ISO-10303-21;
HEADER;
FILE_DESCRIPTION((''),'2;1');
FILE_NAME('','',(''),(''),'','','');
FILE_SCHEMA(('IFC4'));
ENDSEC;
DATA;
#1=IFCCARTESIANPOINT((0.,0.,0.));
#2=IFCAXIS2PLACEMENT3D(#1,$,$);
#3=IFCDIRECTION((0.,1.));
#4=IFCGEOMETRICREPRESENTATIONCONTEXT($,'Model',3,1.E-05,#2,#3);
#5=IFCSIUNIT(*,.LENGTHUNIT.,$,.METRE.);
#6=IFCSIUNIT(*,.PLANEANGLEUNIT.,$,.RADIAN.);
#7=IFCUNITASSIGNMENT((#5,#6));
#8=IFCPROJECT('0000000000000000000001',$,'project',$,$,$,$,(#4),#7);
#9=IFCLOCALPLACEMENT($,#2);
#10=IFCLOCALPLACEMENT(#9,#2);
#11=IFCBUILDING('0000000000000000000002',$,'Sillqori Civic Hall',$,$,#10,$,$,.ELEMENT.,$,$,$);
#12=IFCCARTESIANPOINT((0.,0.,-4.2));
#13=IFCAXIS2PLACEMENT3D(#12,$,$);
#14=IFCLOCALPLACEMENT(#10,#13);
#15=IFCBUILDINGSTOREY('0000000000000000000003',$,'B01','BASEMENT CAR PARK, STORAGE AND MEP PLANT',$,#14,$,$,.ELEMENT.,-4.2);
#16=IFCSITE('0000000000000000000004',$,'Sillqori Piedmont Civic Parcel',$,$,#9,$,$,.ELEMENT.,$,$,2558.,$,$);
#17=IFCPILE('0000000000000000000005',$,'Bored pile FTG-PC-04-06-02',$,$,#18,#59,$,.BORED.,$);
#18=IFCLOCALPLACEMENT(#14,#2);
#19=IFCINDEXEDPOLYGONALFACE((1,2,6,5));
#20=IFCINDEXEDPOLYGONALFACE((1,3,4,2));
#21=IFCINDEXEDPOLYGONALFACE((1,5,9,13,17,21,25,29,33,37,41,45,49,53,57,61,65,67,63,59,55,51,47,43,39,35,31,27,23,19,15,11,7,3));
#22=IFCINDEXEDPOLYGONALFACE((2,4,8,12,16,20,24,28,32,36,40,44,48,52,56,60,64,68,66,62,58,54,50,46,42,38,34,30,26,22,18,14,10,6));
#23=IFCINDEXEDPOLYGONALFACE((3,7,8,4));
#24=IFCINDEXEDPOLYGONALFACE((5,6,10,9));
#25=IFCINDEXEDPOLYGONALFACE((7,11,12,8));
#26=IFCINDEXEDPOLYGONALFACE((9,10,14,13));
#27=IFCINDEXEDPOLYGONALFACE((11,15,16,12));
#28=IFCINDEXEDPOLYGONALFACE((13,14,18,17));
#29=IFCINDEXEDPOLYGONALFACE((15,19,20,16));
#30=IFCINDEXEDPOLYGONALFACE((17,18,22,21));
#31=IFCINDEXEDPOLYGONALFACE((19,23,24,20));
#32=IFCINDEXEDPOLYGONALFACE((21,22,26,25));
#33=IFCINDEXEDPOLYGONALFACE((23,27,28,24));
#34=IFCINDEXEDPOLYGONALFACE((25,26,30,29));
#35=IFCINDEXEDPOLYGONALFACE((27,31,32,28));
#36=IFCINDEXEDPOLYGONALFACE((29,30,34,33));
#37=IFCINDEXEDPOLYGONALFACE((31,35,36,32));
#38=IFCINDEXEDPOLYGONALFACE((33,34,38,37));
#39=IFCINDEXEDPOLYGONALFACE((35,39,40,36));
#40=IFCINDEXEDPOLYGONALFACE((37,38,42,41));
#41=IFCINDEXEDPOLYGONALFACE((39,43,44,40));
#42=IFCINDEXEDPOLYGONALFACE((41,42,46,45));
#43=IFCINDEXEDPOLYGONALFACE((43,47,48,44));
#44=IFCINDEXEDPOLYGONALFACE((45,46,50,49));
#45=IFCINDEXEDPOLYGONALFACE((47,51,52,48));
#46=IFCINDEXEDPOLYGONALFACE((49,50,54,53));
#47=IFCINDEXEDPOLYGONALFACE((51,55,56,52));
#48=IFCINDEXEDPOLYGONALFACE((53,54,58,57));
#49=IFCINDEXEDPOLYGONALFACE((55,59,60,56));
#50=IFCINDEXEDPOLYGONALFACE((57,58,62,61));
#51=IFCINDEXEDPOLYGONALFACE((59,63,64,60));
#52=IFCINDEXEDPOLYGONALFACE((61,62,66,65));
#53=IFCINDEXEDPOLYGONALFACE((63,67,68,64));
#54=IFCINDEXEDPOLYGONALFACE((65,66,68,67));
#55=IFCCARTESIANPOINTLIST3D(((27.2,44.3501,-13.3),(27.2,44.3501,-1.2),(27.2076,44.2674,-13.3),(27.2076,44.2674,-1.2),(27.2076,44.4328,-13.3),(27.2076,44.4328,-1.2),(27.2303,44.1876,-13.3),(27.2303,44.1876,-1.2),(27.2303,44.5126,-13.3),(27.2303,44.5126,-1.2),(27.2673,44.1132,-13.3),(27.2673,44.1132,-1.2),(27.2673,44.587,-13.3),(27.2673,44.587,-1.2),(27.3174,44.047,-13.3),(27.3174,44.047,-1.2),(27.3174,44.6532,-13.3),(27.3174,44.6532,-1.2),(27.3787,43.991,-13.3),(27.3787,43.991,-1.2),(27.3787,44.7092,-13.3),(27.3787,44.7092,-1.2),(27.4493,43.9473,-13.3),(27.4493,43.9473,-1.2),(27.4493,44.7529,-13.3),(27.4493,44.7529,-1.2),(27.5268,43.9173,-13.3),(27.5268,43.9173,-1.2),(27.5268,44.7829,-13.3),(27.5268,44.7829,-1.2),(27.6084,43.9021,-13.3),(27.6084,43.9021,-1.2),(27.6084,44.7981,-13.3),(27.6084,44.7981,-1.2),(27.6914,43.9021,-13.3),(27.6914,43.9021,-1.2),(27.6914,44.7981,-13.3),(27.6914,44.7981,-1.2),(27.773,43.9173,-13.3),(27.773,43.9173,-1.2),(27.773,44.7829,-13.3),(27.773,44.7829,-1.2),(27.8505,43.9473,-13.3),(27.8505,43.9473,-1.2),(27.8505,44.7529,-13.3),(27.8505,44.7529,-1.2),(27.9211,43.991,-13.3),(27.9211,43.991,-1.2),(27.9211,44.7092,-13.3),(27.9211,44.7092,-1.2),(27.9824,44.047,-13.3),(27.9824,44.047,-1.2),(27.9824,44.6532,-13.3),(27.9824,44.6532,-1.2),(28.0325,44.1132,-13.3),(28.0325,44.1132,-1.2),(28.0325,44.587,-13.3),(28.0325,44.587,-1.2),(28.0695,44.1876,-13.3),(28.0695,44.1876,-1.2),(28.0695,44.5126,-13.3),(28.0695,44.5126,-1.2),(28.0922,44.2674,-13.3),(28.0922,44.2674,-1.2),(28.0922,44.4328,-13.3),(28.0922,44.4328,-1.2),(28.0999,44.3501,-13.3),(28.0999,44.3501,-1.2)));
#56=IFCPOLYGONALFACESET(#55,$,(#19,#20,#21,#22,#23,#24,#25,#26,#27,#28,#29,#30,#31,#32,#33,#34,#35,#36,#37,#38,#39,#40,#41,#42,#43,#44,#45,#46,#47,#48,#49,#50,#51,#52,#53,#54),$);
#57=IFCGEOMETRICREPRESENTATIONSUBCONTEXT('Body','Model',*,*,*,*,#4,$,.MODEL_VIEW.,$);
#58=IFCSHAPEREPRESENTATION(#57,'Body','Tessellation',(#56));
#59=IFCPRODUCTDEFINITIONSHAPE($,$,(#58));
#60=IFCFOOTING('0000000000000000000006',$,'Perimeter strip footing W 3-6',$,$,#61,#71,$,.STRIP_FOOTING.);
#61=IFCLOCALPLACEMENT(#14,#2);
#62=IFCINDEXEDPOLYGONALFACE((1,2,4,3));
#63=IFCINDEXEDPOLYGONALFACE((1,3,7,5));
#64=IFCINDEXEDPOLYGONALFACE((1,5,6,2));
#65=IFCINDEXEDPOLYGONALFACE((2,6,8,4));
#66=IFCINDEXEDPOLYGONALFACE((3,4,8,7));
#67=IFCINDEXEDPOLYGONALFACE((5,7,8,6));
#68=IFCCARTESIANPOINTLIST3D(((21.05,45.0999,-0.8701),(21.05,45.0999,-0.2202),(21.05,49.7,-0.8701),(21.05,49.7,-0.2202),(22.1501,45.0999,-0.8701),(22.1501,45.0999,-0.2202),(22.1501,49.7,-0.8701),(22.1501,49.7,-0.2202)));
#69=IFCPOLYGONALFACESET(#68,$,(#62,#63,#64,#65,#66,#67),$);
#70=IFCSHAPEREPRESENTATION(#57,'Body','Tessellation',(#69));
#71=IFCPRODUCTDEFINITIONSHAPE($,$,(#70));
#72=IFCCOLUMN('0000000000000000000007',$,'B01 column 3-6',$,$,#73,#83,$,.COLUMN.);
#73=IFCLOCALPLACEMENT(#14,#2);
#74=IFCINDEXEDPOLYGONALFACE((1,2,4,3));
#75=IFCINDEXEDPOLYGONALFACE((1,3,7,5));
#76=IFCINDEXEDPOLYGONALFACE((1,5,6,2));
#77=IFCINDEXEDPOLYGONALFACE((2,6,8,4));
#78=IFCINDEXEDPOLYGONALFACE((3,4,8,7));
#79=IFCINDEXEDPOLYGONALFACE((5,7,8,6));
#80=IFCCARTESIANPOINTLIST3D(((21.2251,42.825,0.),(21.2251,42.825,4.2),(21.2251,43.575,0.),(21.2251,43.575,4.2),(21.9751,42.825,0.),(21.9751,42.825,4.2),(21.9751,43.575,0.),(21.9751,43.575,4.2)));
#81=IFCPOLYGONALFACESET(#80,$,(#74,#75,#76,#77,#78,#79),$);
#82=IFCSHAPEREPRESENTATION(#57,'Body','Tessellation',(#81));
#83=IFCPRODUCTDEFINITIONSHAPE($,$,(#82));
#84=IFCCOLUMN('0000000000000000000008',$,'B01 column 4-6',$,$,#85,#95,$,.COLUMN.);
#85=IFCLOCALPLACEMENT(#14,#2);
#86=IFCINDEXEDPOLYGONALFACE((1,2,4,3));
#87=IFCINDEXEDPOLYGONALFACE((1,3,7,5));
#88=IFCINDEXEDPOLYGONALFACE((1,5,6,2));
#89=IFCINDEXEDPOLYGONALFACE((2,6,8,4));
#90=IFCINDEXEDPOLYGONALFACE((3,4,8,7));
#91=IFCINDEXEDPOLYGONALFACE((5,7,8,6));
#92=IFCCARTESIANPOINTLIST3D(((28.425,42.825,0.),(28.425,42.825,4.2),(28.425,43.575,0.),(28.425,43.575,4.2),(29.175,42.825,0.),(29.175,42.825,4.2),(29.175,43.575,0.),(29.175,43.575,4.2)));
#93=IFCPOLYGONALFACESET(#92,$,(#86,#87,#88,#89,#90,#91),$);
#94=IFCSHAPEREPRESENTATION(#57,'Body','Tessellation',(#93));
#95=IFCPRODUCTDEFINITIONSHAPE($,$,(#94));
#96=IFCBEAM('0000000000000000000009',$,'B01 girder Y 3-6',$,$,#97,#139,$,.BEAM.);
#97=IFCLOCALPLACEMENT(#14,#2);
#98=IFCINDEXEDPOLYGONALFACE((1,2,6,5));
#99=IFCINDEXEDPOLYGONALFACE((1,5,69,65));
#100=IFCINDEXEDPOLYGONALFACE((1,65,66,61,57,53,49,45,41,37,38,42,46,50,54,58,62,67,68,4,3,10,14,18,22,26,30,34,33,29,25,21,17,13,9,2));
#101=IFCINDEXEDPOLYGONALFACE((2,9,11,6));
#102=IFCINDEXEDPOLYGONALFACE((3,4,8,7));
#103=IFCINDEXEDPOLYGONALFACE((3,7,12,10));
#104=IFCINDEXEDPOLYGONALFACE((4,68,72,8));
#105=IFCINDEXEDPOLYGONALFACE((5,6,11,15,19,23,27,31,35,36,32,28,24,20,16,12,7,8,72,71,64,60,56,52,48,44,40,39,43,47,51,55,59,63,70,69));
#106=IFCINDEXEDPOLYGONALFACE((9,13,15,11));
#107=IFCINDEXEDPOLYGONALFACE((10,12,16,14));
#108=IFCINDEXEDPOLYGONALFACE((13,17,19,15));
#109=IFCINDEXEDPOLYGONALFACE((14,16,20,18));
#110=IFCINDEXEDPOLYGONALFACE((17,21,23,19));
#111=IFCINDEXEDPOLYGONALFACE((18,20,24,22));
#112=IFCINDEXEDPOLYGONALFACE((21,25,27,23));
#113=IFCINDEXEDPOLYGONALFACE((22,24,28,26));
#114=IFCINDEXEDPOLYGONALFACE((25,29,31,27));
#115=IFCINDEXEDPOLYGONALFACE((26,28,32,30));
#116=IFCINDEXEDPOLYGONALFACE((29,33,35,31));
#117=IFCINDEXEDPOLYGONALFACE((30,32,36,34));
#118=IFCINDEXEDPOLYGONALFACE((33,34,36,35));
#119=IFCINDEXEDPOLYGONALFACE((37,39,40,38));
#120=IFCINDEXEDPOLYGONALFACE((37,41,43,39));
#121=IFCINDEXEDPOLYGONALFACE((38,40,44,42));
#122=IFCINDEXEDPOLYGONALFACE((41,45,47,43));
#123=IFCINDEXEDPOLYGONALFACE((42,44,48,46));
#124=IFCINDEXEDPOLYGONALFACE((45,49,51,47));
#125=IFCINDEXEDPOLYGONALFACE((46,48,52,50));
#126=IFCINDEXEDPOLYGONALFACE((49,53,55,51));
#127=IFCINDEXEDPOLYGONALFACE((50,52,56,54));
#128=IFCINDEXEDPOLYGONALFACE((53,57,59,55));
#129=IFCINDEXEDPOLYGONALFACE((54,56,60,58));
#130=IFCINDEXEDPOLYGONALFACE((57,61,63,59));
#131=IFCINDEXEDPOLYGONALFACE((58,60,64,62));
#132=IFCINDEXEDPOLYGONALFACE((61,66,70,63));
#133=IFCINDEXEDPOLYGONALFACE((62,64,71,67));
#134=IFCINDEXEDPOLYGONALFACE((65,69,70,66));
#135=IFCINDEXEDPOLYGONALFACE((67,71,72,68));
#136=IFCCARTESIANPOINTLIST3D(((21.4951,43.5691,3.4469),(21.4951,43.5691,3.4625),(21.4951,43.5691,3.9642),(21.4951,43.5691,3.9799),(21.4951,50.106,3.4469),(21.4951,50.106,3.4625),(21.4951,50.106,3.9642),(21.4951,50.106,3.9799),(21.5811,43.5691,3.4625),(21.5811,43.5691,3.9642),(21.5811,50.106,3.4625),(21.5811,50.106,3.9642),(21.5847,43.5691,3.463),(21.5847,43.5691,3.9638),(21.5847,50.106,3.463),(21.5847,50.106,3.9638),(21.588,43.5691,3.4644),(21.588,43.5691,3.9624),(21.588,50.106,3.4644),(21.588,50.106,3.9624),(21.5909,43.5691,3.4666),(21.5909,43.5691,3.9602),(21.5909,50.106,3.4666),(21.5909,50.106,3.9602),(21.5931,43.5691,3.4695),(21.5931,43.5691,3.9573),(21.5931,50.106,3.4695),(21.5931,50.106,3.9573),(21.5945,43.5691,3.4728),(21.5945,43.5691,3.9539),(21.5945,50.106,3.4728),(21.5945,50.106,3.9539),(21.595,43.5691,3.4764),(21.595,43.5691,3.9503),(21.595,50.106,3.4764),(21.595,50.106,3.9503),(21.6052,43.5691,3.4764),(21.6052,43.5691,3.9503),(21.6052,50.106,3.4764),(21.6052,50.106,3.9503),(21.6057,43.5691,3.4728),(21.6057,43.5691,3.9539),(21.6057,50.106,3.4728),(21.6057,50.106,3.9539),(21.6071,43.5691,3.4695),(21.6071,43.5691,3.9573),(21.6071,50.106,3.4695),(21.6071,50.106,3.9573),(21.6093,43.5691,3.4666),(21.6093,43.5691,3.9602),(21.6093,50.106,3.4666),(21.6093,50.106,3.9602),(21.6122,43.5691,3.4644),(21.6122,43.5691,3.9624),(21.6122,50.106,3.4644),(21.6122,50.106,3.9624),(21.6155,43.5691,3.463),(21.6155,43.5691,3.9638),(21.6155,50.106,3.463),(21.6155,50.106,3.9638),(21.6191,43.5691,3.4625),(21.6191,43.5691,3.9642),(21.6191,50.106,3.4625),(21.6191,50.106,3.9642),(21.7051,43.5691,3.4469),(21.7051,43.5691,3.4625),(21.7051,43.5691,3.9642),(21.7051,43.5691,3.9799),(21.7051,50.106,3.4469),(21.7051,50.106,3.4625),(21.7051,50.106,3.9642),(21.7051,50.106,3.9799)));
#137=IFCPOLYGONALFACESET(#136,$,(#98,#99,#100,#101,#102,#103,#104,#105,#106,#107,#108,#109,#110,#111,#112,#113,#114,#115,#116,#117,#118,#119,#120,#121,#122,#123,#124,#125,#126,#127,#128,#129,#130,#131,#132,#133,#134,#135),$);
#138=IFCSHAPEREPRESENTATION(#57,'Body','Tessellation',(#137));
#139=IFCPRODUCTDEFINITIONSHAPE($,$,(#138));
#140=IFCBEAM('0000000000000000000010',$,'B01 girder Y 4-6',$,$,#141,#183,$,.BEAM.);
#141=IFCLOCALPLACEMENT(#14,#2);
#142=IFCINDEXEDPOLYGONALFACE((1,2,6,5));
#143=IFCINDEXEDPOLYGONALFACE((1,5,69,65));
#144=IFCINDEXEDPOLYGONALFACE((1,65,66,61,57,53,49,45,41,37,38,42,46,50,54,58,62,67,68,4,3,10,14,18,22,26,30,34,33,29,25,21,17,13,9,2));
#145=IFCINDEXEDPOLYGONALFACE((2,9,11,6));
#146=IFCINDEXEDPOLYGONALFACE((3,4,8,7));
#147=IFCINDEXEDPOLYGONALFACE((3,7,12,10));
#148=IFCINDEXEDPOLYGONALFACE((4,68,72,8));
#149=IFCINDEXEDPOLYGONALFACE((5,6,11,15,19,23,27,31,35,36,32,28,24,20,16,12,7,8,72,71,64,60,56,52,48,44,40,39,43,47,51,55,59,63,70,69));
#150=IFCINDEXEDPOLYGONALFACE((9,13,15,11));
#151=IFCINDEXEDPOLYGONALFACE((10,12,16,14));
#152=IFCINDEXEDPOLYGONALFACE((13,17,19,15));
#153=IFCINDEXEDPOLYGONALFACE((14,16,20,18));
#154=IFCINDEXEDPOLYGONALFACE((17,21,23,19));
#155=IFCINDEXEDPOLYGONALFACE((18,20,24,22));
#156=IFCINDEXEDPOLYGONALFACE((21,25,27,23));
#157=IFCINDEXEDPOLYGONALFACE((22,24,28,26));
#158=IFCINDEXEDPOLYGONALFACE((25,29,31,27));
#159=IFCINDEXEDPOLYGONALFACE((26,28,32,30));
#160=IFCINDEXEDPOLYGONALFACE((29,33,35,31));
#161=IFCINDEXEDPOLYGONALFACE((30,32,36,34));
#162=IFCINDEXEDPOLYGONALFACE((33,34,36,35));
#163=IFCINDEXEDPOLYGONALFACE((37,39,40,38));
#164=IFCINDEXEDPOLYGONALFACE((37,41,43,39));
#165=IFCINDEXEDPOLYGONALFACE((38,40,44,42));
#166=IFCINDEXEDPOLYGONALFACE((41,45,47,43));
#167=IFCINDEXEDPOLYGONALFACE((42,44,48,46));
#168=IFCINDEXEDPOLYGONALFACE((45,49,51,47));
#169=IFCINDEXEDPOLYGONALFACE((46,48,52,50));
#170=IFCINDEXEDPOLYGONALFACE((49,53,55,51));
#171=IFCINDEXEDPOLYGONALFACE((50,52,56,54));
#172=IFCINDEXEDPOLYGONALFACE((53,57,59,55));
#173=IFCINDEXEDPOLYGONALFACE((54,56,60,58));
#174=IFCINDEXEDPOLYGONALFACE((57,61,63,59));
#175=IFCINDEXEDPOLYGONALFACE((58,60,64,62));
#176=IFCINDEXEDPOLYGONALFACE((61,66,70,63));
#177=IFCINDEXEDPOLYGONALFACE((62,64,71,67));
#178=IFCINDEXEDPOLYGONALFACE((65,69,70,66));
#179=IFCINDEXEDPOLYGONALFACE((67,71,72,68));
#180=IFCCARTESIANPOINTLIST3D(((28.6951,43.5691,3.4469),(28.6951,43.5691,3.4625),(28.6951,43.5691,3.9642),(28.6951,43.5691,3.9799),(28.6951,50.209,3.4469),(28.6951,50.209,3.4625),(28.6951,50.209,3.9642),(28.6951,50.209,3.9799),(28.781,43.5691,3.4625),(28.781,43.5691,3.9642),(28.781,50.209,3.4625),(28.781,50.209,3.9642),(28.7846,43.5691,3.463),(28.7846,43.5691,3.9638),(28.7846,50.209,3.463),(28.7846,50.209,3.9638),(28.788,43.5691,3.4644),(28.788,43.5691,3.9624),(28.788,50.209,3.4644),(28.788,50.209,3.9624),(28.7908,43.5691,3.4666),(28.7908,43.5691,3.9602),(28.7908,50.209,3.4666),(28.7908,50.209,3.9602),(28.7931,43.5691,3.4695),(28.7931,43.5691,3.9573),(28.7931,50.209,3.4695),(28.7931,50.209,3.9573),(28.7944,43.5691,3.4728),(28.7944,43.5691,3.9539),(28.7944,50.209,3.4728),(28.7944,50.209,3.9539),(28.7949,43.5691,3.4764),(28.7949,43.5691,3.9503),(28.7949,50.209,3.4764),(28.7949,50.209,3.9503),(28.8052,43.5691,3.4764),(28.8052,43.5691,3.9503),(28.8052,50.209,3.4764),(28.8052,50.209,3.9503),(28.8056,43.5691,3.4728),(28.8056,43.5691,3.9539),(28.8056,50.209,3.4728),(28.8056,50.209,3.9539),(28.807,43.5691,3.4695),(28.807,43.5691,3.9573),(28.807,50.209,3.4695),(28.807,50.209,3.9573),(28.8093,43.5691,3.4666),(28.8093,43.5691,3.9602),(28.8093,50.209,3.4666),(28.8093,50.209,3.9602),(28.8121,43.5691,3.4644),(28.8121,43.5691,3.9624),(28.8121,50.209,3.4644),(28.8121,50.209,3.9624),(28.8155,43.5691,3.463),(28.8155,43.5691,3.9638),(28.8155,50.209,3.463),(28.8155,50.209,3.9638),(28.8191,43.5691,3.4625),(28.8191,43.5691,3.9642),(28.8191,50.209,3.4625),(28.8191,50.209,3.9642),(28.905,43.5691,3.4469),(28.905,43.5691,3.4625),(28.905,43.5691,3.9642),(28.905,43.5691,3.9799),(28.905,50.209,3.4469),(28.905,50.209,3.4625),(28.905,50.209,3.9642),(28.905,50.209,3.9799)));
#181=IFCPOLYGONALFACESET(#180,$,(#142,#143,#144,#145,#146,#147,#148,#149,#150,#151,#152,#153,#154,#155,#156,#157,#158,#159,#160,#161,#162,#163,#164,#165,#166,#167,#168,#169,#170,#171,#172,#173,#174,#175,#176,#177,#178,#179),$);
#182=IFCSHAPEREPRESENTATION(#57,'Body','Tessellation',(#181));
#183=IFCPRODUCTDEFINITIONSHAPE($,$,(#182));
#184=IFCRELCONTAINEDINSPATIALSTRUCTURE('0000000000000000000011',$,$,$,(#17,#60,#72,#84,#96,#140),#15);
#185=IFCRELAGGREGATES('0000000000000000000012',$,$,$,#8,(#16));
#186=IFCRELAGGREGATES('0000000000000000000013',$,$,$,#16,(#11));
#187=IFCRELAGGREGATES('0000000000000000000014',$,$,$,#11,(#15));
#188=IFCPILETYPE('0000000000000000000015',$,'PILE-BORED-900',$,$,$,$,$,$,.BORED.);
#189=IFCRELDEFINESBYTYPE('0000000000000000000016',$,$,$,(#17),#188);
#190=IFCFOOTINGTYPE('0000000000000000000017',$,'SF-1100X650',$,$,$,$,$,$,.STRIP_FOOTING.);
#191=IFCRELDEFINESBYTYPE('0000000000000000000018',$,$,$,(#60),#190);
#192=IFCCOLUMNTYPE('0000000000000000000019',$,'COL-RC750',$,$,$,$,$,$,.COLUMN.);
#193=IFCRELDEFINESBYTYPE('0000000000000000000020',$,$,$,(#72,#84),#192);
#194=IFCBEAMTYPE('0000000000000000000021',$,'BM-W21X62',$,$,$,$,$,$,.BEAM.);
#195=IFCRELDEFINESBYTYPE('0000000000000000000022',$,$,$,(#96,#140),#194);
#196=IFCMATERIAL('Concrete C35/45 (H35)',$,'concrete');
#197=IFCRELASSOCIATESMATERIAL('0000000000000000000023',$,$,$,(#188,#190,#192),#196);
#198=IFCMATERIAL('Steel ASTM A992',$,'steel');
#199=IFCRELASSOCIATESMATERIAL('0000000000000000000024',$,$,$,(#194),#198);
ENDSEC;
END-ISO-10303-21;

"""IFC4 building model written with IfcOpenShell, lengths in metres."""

from ifc_helpers import new_model, si_unit, direction, frame, origin, origin_2d, place, context, subcontext, project, spatial, rectangle, circle, i_section, extrude, material, material_profile, profile_set, type_object, element, save


model = new_model("IFC4")

# Units and contexts
model_context = context("Model", 3, precision=1e-05, world=origin(), true_north=direction((0.0, 1.0)))
body_context = subcontext(model_context, "Body", "Model", "MODEL_VIEW")
ifc_project = project(units=[si_unit("LENGTHUNIT", "METRE"), si_unit("PLANEANGLEUNIT", "RADIAN")], contexts=[model_context])

# Site, building, storey
site_placement = place(None, origin())
site = spatial("IfcSite", under=ifc_project, at=site_placement, Name="Sillqori Piedmont Civic Parcel", CompositionType="ELEMENT", RefElevation=2558.0)
building_placement = place(site_placement, origin())
building = spatial("IfcBuilding", under=site, at=building_placement, Name="Sillqori Civic Hall", CompositionType="ELEMENT")
storey_placement = place(building_placement, frame((0.0, 0.0, -4.2)))
storey = spatial("IfcBuildingStorey", under=building, at=storey_placement, Name="B01", Description="BASEMENT CAR PARK, STORAGE AND MEP PLANT", CompositionType="ELEMENT", Elevation=-4.2)

# Shared definitions
ifc_material_1 = material(Name="Concrete C35/45 (H35)", Category="concrete")

# Pile
ifc_material_profile_1 = material_profile(ifc_material_1, circle(Radius=0.45, at=origin_2d()), Name="BORED PILE 900")
ifc_profile_set_1 = profile_set([ifc_material_profile_1], Name="Concrete C35/45 (H35)")
pile_type = type_object("IfcPileType", Name="PILE-BORED-900", PredefinedType="BORED", material=ifc_profile_set_1)
for number, where, z_axis, x_axis, name in (
    (1, (27.6499, 44.3501, -1.2), (0.0, 0.0, -1.0), (1.0, 0.0, 0.0), "Bored pile FTG-PC-04-06-02"),
):
    element("IfcPile", number, at=place(storey_placement, frame(where, z_axis=z_axis, x_axis=x_axis)), inside=storey, type_object=pile_type, Name=name, PredefinedType="BORED", context=body_context, shape_type="SweptSolid", body=[
        extrude(circle(Radius=0.45, at=origin_2d()), origin(), (0.0, 0.0, 1.0), 12.1001),
    ])

# Footing
footing_type_1 = type_object("IfcFootingType", Name="SF-1100X650", PredefinedType="STRIP_FOOTING", material=ifc_material_1)
footing_1_placement = place(storey_placement, frame((21.6001, 47.3999, -0.8701), z_axis=(0.0, 0.0, 1.0), x_axis=(1.0, 0.0, 0.0)))
element("IfcFooting", 2, at=footing_1_placement, inside=storey, type_object=footing_type_1, Name="Perimeter strip footing W 3-6", PredefinedType="STRIP_FOOTING", context=body_context, shape_type="SweptSolid", body=[
    extrude(rectangle(XDim=1.1001, YDim=4.6001, at=origin_2d()), origin(), (0.0, 0.0, 1.0), 0.6499),
])

# Columns
ifc_material_profile_2 = material_profile(ifc_material_1, rectangle(XDim=0.75, YDim=0.75, at=origin_2d()), Name="RC 750x750")
ifc_profile_set_2 = profile_set([ifc_material_profile_2], Name="Concrete C35/45 (H35)")
column_type = type_object("IfcColumnType", Name="COL-RC750", PredefinedType="COLUMN", material=ifc_profile_set_2)
for number, where, z_axis, x_axis, name in (
    (3, (21.6001, 43.2, 0.0), (0.0, 0.0, 1.0), (1.0, 0.0, 0.0), "B01 column 3-6"),
    (4, (28.8, 43.2, 0.0), (0.0, 0.0, 1.0), (1.0, 0.0, 0.0), "B01 column 4-6"),
):
    element("IfcColumn", number, at=place(storey_placement, frame(where, z_axis=z_axis, x_axis=x_axis)), inside=storey, type_object=column_type, Name=name, PredefinedType="COLUMN", context=body_context, shape_type="SweptSolid", body=[
        extrude(rectangle(XDim=0.75, YDim=0.75, at=origin_2d()), origin(), (0.0, 0.0, 1.0), 4.2),
    ])

# Beams
ifc_material_2 = material(Name="Steel ASTM A992", Category="steel")
ifc_material_profile_3 = material_profile(ifc_material_2, i_section(OverallWidth=0.21, OverallDepth=0.533, WebThickness=0.0103, FlangeThickness=0.0156, FilletRadius=0.0139, at=origin_2d()), Name="W21X62")
ifc_profile_set_3 = profile_set([ifc_material_profile_3], Name="Steel ASTM A992")
beam_type_1 = type_object("IfcBeamType", Name="BM-W21X62", PredefinedType="BEAM", material=ifc_profile_set_3)
beam_1_placement = place(storey_placement, frame((21.6001, 43.5691, 3.7134), z_axis=(0.0, 1.0, 0.0), x_axis=(-1.0, 0.0, 0.0)))
element("IfcBeam", 5, at=beam_1_placement, inside=storey, type_object=beam_type_1, Name="B01 girder Y 3-6", PredefinedType="BEAM", context=body_context, shape_type="SweptSolid", body=[
    extrude(i_section(OverallWidth=0.21, OverallDepth=0.533, WebThickness=0.0103, FlangeThickness=0.0156, FilletRadius=0.0139, at=origin_2d()), origin(), (0.0, 0.0, 1.0), 6.5369),
])
beam_2_placement = place(storey_placement, frame((28.8, 43.5691, 3.7134), z_axis=(0.0, 1.0, 0.0), x_axis=(-1.0, 0.0, 0.0)))
element("IfcBeam", 6, at=beam_2_placement, inside=storey, type_object=beam_type_1, Name="B01 girder Y 4-6", PredefinedType="BEAM", context=body_context, shape_type="SweptSolid", body=[
    extrude(i_section(OverallWidth=0.21, OverallDepth=0.533, WebThickness=0.0103, FlangeThickness=0.0156, FilletRadius=0.0139, at=origin_2d()), origin(), (0.0, 0.0, 1.0), 6.6399),
])

save(model, "model.ifc")
